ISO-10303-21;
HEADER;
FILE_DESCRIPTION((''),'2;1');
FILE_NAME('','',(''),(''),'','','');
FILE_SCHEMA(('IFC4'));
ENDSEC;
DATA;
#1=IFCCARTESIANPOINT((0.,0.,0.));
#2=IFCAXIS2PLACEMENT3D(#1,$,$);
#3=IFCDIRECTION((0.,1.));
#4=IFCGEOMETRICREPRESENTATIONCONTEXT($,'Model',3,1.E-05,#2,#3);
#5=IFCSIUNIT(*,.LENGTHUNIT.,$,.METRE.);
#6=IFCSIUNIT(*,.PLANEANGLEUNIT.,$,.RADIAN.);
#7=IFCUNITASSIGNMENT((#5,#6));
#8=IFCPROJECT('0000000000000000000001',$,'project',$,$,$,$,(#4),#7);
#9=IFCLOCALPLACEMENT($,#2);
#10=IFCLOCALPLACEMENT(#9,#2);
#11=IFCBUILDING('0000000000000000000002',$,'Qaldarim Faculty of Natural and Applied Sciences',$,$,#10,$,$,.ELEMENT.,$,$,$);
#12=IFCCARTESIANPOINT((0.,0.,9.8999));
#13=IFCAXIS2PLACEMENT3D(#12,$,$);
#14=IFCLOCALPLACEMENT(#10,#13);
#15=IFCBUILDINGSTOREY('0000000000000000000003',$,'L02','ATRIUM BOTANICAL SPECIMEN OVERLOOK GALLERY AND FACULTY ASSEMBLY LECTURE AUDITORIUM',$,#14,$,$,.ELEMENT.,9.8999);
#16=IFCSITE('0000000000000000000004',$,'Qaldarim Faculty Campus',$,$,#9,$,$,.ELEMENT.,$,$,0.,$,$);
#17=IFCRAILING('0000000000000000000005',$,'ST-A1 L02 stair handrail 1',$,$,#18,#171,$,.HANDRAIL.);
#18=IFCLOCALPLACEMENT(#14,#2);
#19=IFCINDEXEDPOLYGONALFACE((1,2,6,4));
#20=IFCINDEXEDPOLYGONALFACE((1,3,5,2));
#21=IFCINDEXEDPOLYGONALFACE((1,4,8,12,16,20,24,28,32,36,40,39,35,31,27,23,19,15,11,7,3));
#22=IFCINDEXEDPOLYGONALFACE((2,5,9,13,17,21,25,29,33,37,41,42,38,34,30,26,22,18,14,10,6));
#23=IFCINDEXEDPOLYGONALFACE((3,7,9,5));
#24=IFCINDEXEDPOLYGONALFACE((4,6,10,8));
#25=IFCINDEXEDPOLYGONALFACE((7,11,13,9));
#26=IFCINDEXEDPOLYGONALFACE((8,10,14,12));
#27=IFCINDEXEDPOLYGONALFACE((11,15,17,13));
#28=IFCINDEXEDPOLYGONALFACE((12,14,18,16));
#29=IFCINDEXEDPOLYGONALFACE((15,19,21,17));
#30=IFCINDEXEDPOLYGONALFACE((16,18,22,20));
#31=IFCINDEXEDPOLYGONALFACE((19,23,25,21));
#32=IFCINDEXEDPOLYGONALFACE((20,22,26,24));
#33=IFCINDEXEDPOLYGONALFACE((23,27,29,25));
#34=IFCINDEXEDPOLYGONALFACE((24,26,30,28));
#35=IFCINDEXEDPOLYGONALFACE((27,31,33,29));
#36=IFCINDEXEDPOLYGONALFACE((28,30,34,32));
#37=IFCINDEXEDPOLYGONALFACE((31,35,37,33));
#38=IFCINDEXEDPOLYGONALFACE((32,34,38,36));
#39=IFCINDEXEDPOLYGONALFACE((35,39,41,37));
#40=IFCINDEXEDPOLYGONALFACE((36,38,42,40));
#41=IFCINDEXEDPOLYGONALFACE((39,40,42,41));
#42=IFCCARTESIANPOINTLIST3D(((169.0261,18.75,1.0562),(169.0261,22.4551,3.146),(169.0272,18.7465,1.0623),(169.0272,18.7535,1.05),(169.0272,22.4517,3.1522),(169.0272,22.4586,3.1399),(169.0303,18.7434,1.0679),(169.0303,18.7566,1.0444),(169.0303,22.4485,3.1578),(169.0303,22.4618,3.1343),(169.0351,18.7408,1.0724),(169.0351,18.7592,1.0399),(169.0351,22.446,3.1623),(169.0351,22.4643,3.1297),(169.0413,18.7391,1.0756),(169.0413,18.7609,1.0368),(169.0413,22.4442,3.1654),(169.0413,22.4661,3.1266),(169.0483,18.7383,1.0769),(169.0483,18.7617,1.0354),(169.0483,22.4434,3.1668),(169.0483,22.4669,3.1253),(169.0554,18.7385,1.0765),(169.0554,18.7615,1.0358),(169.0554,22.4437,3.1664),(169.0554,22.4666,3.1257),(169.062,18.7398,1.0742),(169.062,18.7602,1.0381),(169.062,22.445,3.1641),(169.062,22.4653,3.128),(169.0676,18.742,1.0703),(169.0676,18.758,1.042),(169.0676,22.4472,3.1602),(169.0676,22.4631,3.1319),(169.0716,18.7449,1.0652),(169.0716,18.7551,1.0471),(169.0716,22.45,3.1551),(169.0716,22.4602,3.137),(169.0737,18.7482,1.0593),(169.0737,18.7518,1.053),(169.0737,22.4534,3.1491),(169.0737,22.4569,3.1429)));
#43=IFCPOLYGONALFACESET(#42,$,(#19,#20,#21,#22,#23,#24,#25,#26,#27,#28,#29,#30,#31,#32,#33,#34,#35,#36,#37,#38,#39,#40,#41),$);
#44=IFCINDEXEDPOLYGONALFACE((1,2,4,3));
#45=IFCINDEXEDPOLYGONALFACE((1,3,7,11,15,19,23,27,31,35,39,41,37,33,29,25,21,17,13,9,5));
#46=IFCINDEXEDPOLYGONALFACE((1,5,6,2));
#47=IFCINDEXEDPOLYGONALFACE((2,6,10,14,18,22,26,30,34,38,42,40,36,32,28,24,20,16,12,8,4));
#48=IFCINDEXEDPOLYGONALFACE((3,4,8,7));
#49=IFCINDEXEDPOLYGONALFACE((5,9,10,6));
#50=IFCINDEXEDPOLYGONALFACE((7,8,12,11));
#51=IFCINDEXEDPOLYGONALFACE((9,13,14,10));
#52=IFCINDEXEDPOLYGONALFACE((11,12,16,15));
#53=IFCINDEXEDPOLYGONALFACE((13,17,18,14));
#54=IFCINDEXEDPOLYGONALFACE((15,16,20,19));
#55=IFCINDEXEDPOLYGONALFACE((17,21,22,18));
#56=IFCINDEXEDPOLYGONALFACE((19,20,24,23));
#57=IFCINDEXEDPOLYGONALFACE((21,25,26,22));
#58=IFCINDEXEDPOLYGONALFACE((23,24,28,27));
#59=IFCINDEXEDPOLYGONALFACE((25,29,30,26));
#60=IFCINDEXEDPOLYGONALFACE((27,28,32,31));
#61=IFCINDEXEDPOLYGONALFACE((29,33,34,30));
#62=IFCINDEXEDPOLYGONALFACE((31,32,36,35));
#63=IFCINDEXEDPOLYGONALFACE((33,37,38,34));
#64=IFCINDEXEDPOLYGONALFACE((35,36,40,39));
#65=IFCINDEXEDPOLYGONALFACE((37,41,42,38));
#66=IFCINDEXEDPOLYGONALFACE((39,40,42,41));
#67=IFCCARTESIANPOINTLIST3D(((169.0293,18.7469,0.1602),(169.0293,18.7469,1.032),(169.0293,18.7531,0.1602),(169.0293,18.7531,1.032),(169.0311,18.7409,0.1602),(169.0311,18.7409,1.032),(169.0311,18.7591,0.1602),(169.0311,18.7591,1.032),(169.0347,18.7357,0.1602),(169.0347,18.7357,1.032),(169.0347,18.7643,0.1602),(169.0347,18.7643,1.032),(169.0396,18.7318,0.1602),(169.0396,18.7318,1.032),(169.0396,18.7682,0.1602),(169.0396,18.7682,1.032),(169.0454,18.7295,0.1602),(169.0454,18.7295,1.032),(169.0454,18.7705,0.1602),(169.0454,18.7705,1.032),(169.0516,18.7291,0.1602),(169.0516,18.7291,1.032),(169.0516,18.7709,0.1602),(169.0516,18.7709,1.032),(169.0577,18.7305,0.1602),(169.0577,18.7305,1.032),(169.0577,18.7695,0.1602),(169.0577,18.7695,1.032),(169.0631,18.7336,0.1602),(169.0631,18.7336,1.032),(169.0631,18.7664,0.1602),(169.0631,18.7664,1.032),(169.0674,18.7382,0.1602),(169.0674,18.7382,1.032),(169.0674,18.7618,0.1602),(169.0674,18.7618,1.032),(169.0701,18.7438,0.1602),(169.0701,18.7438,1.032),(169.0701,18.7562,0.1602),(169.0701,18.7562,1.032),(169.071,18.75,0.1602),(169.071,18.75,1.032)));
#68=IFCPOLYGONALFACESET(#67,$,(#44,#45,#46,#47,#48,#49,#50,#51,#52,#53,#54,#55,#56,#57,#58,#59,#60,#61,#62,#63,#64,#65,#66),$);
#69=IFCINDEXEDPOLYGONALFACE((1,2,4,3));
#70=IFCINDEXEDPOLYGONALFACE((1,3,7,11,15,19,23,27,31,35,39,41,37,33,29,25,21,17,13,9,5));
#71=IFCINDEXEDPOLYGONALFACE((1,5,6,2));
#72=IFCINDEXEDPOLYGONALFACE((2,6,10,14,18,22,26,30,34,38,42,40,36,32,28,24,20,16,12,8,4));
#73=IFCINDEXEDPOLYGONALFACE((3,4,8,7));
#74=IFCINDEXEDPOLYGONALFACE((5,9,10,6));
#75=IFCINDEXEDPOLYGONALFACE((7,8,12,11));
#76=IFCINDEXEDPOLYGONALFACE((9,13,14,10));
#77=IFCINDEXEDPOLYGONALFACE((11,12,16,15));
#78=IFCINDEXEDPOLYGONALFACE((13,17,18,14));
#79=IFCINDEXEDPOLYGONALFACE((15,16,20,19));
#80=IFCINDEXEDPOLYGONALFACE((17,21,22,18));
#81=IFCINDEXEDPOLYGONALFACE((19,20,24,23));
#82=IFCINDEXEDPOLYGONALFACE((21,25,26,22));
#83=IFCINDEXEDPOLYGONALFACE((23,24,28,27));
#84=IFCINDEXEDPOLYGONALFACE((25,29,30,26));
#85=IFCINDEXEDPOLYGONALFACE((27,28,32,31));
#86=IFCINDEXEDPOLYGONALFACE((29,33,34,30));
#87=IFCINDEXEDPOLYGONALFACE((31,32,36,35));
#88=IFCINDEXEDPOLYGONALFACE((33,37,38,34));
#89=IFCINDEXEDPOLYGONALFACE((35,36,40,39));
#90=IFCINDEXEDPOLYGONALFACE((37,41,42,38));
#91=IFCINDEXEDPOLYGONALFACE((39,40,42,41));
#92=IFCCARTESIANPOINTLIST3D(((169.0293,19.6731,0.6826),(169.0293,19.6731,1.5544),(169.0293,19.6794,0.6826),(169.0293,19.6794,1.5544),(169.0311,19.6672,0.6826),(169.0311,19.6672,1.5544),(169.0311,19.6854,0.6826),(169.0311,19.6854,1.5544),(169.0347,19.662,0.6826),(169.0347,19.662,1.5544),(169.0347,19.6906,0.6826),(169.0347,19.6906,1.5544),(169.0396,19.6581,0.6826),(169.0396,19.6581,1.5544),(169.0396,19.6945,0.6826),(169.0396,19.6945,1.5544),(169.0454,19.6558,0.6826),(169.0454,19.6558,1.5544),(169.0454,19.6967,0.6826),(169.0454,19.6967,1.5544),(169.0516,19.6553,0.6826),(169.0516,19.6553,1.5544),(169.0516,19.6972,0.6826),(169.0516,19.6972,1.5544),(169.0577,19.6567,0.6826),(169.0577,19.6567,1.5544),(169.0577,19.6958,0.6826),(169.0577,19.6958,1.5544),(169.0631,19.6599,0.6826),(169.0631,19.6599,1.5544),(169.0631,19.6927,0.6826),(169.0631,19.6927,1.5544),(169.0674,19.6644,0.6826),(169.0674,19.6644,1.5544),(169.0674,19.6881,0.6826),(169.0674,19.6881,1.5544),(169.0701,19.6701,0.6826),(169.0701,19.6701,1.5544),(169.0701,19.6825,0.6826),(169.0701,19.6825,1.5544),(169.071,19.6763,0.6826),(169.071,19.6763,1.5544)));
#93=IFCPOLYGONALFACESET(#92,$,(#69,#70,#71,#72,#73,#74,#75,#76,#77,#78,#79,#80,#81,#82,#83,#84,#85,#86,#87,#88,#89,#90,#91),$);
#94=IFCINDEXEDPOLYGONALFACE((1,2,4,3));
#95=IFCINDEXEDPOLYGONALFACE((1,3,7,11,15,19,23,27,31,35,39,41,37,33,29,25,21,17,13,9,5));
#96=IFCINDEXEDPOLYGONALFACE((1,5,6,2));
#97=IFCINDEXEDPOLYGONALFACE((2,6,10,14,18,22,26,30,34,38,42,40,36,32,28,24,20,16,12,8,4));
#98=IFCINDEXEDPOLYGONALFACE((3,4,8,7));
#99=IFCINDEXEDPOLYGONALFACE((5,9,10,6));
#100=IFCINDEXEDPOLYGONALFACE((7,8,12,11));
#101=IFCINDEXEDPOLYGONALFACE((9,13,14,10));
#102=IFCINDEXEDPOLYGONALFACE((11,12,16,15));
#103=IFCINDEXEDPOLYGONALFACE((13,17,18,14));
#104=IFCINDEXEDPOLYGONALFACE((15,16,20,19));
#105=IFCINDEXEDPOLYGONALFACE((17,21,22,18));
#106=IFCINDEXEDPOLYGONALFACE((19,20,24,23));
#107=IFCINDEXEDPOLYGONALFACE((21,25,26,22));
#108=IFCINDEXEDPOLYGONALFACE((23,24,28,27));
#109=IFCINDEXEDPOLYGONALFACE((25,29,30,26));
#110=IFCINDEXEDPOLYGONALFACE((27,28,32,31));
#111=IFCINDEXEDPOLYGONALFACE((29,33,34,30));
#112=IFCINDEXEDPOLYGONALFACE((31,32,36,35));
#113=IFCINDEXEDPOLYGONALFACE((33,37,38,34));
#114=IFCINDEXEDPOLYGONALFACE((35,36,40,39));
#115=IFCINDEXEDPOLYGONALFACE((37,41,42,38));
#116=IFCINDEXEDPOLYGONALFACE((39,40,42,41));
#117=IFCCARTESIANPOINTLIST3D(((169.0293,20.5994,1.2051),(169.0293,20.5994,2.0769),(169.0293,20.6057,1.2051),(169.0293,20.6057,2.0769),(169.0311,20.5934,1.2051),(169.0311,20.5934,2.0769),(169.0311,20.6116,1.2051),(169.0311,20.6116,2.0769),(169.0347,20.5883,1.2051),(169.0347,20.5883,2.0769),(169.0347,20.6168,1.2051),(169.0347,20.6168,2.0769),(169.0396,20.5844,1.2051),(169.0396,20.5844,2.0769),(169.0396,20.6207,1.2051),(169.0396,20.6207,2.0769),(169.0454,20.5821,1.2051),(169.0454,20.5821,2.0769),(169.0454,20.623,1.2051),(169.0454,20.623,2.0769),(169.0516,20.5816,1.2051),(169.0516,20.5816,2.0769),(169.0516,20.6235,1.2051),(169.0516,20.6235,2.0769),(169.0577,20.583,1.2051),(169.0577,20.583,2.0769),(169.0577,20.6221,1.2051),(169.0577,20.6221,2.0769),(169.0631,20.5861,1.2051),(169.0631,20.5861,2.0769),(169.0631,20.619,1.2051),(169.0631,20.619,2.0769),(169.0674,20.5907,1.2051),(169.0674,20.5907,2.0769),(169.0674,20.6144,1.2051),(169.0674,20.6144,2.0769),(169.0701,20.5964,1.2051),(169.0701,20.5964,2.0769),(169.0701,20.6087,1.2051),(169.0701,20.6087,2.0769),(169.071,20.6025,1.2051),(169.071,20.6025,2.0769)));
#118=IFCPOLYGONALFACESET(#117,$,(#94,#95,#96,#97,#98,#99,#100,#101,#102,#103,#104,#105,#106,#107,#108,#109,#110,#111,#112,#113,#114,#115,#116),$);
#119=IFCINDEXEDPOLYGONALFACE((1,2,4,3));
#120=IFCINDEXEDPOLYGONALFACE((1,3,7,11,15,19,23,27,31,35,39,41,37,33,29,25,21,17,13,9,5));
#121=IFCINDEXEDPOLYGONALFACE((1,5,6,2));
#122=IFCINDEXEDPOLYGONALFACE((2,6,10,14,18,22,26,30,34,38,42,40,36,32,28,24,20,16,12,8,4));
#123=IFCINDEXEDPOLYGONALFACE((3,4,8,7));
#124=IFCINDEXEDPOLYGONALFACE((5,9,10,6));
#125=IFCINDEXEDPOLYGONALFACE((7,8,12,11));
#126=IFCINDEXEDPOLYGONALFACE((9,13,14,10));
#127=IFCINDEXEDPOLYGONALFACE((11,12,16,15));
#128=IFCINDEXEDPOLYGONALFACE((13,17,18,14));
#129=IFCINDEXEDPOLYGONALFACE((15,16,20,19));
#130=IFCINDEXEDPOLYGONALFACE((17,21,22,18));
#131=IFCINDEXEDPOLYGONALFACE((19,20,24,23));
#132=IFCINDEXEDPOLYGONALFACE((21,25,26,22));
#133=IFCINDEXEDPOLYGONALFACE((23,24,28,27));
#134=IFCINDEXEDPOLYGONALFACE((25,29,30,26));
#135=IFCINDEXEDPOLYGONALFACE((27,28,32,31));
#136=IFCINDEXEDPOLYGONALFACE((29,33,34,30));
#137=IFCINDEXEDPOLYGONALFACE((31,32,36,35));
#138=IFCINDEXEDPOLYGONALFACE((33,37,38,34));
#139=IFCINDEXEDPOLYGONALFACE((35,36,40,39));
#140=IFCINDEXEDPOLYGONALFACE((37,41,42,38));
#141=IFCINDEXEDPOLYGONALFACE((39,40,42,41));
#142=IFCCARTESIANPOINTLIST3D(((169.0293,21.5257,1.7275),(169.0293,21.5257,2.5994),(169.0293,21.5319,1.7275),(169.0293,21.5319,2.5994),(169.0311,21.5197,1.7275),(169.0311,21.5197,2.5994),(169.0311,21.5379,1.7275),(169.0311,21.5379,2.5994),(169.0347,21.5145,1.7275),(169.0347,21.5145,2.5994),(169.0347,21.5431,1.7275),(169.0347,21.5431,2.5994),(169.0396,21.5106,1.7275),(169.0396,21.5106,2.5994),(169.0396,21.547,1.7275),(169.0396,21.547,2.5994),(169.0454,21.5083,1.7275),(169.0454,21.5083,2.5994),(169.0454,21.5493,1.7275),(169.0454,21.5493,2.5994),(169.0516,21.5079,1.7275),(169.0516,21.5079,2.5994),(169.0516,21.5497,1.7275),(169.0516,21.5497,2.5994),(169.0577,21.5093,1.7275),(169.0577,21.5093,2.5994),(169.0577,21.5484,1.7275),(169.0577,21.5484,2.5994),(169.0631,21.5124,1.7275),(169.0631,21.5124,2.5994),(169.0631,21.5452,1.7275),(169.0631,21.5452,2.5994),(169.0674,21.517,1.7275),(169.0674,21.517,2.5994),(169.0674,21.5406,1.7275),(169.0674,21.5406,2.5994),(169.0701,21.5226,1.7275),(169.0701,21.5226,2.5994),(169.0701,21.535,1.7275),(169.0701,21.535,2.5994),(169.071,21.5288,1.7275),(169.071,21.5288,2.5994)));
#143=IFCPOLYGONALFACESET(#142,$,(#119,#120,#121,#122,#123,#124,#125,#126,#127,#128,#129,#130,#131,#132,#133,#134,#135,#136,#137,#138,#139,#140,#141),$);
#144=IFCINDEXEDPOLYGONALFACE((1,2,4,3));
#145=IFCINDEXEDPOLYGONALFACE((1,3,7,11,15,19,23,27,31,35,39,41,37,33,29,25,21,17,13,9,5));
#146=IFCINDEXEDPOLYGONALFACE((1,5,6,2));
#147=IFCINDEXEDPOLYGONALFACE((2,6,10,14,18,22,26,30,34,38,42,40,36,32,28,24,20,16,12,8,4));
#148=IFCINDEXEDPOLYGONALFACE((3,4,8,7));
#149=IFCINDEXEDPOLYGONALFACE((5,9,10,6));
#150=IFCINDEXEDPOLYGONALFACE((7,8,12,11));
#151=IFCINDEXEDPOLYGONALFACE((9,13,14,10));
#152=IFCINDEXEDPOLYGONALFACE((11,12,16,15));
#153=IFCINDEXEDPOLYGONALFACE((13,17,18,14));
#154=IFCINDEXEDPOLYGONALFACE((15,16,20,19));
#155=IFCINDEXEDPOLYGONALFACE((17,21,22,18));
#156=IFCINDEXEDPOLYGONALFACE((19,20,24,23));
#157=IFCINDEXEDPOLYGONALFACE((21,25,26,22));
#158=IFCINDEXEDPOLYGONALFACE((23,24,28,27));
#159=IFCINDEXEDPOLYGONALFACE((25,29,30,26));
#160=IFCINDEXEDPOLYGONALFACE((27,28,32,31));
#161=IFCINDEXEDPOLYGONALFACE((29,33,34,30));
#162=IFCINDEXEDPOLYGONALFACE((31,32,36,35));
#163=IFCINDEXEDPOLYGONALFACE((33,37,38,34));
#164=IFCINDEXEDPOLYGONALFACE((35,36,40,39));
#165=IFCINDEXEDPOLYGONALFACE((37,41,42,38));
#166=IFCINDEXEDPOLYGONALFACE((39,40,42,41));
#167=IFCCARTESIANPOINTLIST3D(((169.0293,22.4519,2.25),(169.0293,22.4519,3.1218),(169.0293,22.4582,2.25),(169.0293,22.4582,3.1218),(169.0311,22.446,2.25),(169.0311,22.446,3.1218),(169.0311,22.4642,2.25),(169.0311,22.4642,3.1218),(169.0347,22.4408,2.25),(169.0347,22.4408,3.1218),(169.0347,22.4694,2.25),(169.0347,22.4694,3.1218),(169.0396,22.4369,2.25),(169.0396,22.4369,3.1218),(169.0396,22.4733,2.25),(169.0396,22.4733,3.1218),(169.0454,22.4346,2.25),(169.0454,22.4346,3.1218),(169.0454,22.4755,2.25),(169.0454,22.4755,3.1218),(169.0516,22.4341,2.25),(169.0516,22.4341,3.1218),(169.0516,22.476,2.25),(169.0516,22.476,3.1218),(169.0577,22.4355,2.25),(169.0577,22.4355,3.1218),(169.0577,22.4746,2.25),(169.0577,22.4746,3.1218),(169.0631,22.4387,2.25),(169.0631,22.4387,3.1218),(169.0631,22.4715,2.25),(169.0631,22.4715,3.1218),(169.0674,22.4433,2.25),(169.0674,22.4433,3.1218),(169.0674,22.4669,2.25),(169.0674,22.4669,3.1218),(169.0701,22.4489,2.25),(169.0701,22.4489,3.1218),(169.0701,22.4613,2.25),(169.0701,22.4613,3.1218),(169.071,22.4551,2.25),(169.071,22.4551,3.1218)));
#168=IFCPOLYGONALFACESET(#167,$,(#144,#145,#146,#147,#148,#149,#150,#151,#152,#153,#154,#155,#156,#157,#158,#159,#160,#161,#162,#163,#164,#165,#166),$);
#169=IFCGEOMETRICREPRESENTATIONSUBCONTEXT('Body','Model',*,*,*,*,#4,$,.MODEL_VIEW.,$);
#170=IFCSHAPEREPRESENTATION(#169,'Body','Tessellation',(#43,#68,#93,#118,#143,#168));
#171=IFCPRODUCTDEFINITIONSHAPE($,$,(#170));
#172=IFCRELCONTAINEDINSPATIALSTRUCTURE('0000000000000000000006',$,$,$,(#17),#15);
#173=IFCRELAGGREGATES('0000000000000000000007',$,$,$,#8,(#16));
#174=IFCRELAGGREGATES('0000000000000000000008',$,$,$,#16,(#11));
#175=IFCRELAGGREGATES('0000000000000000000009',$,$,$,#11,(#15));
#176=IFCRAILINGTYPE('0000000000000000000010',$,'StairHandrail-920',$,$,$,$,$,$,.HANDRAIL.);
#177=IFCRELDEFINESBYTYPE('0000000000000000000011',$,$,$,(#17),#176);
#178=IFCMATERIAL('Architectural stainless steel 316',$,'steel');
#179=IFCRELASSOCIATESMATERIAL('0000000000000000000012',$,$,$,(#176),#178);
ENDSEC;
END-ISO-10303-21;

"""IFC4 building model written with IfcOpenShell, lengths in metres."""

from ifc_helpers import new_model, si_unit, direction, frame, origin, origin_2d, place, context, subcontext, project, spatial, circle, extrude, material, type_object, element, save


model = new_model("IFC4")

# Units and contexts
model_context = context("Model", 3, precision=1e-05, world=origin(), true_north=direction((0.0, 1.0)))
body_context = subcontext(model_context, "Body", "Model", "MODEL_VIEW")
ifc_project = project(units=[si_unit("LENGTHUNIT", "METRE"), si_unit("PLANEANGLEUNIT", "RADIAN")], contexts=[model_context])

# Site, building, storey
site_placement = place(None, origin())
site = spatial("IfcSite", under=ifc_project, at=site_placement, Name="Qaldarim Faculty Campus", CompositionType="ELEMENT", RefElevation=0.0)
building_placement = place(site_placement, origin())
building = spatial("IfcBuilding", under=site, at=building_placement, Name="Qaldarim Faculty of Natural and Applied Sciences", CompositionType="ELEMENT")
storey_placement = place(building_placement, frame((0.0, 0.0, 9.8999)))
storey = spatial("IfcBuildingStorey", under=building, at=storey_placement, Name="L02", Description="ATRIUM BOTANICAL SPECIMEN OVERLOOK GALLERY AND FACULTY ASSEMBLY LECTURE AUDITORIUM", CompositionType="ELEMENT", Elevation=9.8999)

# Shared definitions
ifc_material_1 = material(Name="Architectural stainless steel 316", Category="steel")

# Railing
railing_type_1 = type_object("IfcRailingType", Name="StairHandrail-920", PredefinedType="HANDRAIL", material=ifc_material_1)
railing_1_placement = place(storey_placement, frame((169.05, 18.75, 0.1602)))
element("IfcRailing", 1, at=railing_1_placement, inside=storey, type_object=railing_type_1, Name="ST-A1 L02 stair handrail 1", PredefinedType="HANDRAIL", context=body_context, shape_type="SweptSolid", body=[
    extrude(circle(Radius=0.0239, at=origin_2d()), frame((0.0, 0.0, 0.896), z_axis=(0.0, 0.870999, 0.491285), x_axis=(-1.0, 0.0, 0.0)), (0.0, 0.0, 1.0), 4.2539),
    extrude(circle(Radius=0.021, at=origin_2d()), origin(), (0.0, 0.0, 1.0), 0.8718),
    extrude(circle(Radius=0.021, at=origin_2d()), frame((0.0, 0.9263, 0.5225)), (0.0, 0.0, 1.0), 0.8718),
    extrude(circle(Radius=0.021, at=origin_2d()), frame((0.0, 1.8525, 1.0449)), (0.0, 0.0, 1.0), 0.8718),
    extrude(circle(Radius=0.021, at=origin_2d()), frame((0.0, 2.7788, 1.5674)), (0.0, 0.0, 1.0), 0.8718),
    extrude(circle(Radius=0.021, at=origin_2d()), frame((0.0, 3.7051, 2.0898)), (0.0, 0.0, 1.0), 0.8718),
])

save(model, "model.ifc")
